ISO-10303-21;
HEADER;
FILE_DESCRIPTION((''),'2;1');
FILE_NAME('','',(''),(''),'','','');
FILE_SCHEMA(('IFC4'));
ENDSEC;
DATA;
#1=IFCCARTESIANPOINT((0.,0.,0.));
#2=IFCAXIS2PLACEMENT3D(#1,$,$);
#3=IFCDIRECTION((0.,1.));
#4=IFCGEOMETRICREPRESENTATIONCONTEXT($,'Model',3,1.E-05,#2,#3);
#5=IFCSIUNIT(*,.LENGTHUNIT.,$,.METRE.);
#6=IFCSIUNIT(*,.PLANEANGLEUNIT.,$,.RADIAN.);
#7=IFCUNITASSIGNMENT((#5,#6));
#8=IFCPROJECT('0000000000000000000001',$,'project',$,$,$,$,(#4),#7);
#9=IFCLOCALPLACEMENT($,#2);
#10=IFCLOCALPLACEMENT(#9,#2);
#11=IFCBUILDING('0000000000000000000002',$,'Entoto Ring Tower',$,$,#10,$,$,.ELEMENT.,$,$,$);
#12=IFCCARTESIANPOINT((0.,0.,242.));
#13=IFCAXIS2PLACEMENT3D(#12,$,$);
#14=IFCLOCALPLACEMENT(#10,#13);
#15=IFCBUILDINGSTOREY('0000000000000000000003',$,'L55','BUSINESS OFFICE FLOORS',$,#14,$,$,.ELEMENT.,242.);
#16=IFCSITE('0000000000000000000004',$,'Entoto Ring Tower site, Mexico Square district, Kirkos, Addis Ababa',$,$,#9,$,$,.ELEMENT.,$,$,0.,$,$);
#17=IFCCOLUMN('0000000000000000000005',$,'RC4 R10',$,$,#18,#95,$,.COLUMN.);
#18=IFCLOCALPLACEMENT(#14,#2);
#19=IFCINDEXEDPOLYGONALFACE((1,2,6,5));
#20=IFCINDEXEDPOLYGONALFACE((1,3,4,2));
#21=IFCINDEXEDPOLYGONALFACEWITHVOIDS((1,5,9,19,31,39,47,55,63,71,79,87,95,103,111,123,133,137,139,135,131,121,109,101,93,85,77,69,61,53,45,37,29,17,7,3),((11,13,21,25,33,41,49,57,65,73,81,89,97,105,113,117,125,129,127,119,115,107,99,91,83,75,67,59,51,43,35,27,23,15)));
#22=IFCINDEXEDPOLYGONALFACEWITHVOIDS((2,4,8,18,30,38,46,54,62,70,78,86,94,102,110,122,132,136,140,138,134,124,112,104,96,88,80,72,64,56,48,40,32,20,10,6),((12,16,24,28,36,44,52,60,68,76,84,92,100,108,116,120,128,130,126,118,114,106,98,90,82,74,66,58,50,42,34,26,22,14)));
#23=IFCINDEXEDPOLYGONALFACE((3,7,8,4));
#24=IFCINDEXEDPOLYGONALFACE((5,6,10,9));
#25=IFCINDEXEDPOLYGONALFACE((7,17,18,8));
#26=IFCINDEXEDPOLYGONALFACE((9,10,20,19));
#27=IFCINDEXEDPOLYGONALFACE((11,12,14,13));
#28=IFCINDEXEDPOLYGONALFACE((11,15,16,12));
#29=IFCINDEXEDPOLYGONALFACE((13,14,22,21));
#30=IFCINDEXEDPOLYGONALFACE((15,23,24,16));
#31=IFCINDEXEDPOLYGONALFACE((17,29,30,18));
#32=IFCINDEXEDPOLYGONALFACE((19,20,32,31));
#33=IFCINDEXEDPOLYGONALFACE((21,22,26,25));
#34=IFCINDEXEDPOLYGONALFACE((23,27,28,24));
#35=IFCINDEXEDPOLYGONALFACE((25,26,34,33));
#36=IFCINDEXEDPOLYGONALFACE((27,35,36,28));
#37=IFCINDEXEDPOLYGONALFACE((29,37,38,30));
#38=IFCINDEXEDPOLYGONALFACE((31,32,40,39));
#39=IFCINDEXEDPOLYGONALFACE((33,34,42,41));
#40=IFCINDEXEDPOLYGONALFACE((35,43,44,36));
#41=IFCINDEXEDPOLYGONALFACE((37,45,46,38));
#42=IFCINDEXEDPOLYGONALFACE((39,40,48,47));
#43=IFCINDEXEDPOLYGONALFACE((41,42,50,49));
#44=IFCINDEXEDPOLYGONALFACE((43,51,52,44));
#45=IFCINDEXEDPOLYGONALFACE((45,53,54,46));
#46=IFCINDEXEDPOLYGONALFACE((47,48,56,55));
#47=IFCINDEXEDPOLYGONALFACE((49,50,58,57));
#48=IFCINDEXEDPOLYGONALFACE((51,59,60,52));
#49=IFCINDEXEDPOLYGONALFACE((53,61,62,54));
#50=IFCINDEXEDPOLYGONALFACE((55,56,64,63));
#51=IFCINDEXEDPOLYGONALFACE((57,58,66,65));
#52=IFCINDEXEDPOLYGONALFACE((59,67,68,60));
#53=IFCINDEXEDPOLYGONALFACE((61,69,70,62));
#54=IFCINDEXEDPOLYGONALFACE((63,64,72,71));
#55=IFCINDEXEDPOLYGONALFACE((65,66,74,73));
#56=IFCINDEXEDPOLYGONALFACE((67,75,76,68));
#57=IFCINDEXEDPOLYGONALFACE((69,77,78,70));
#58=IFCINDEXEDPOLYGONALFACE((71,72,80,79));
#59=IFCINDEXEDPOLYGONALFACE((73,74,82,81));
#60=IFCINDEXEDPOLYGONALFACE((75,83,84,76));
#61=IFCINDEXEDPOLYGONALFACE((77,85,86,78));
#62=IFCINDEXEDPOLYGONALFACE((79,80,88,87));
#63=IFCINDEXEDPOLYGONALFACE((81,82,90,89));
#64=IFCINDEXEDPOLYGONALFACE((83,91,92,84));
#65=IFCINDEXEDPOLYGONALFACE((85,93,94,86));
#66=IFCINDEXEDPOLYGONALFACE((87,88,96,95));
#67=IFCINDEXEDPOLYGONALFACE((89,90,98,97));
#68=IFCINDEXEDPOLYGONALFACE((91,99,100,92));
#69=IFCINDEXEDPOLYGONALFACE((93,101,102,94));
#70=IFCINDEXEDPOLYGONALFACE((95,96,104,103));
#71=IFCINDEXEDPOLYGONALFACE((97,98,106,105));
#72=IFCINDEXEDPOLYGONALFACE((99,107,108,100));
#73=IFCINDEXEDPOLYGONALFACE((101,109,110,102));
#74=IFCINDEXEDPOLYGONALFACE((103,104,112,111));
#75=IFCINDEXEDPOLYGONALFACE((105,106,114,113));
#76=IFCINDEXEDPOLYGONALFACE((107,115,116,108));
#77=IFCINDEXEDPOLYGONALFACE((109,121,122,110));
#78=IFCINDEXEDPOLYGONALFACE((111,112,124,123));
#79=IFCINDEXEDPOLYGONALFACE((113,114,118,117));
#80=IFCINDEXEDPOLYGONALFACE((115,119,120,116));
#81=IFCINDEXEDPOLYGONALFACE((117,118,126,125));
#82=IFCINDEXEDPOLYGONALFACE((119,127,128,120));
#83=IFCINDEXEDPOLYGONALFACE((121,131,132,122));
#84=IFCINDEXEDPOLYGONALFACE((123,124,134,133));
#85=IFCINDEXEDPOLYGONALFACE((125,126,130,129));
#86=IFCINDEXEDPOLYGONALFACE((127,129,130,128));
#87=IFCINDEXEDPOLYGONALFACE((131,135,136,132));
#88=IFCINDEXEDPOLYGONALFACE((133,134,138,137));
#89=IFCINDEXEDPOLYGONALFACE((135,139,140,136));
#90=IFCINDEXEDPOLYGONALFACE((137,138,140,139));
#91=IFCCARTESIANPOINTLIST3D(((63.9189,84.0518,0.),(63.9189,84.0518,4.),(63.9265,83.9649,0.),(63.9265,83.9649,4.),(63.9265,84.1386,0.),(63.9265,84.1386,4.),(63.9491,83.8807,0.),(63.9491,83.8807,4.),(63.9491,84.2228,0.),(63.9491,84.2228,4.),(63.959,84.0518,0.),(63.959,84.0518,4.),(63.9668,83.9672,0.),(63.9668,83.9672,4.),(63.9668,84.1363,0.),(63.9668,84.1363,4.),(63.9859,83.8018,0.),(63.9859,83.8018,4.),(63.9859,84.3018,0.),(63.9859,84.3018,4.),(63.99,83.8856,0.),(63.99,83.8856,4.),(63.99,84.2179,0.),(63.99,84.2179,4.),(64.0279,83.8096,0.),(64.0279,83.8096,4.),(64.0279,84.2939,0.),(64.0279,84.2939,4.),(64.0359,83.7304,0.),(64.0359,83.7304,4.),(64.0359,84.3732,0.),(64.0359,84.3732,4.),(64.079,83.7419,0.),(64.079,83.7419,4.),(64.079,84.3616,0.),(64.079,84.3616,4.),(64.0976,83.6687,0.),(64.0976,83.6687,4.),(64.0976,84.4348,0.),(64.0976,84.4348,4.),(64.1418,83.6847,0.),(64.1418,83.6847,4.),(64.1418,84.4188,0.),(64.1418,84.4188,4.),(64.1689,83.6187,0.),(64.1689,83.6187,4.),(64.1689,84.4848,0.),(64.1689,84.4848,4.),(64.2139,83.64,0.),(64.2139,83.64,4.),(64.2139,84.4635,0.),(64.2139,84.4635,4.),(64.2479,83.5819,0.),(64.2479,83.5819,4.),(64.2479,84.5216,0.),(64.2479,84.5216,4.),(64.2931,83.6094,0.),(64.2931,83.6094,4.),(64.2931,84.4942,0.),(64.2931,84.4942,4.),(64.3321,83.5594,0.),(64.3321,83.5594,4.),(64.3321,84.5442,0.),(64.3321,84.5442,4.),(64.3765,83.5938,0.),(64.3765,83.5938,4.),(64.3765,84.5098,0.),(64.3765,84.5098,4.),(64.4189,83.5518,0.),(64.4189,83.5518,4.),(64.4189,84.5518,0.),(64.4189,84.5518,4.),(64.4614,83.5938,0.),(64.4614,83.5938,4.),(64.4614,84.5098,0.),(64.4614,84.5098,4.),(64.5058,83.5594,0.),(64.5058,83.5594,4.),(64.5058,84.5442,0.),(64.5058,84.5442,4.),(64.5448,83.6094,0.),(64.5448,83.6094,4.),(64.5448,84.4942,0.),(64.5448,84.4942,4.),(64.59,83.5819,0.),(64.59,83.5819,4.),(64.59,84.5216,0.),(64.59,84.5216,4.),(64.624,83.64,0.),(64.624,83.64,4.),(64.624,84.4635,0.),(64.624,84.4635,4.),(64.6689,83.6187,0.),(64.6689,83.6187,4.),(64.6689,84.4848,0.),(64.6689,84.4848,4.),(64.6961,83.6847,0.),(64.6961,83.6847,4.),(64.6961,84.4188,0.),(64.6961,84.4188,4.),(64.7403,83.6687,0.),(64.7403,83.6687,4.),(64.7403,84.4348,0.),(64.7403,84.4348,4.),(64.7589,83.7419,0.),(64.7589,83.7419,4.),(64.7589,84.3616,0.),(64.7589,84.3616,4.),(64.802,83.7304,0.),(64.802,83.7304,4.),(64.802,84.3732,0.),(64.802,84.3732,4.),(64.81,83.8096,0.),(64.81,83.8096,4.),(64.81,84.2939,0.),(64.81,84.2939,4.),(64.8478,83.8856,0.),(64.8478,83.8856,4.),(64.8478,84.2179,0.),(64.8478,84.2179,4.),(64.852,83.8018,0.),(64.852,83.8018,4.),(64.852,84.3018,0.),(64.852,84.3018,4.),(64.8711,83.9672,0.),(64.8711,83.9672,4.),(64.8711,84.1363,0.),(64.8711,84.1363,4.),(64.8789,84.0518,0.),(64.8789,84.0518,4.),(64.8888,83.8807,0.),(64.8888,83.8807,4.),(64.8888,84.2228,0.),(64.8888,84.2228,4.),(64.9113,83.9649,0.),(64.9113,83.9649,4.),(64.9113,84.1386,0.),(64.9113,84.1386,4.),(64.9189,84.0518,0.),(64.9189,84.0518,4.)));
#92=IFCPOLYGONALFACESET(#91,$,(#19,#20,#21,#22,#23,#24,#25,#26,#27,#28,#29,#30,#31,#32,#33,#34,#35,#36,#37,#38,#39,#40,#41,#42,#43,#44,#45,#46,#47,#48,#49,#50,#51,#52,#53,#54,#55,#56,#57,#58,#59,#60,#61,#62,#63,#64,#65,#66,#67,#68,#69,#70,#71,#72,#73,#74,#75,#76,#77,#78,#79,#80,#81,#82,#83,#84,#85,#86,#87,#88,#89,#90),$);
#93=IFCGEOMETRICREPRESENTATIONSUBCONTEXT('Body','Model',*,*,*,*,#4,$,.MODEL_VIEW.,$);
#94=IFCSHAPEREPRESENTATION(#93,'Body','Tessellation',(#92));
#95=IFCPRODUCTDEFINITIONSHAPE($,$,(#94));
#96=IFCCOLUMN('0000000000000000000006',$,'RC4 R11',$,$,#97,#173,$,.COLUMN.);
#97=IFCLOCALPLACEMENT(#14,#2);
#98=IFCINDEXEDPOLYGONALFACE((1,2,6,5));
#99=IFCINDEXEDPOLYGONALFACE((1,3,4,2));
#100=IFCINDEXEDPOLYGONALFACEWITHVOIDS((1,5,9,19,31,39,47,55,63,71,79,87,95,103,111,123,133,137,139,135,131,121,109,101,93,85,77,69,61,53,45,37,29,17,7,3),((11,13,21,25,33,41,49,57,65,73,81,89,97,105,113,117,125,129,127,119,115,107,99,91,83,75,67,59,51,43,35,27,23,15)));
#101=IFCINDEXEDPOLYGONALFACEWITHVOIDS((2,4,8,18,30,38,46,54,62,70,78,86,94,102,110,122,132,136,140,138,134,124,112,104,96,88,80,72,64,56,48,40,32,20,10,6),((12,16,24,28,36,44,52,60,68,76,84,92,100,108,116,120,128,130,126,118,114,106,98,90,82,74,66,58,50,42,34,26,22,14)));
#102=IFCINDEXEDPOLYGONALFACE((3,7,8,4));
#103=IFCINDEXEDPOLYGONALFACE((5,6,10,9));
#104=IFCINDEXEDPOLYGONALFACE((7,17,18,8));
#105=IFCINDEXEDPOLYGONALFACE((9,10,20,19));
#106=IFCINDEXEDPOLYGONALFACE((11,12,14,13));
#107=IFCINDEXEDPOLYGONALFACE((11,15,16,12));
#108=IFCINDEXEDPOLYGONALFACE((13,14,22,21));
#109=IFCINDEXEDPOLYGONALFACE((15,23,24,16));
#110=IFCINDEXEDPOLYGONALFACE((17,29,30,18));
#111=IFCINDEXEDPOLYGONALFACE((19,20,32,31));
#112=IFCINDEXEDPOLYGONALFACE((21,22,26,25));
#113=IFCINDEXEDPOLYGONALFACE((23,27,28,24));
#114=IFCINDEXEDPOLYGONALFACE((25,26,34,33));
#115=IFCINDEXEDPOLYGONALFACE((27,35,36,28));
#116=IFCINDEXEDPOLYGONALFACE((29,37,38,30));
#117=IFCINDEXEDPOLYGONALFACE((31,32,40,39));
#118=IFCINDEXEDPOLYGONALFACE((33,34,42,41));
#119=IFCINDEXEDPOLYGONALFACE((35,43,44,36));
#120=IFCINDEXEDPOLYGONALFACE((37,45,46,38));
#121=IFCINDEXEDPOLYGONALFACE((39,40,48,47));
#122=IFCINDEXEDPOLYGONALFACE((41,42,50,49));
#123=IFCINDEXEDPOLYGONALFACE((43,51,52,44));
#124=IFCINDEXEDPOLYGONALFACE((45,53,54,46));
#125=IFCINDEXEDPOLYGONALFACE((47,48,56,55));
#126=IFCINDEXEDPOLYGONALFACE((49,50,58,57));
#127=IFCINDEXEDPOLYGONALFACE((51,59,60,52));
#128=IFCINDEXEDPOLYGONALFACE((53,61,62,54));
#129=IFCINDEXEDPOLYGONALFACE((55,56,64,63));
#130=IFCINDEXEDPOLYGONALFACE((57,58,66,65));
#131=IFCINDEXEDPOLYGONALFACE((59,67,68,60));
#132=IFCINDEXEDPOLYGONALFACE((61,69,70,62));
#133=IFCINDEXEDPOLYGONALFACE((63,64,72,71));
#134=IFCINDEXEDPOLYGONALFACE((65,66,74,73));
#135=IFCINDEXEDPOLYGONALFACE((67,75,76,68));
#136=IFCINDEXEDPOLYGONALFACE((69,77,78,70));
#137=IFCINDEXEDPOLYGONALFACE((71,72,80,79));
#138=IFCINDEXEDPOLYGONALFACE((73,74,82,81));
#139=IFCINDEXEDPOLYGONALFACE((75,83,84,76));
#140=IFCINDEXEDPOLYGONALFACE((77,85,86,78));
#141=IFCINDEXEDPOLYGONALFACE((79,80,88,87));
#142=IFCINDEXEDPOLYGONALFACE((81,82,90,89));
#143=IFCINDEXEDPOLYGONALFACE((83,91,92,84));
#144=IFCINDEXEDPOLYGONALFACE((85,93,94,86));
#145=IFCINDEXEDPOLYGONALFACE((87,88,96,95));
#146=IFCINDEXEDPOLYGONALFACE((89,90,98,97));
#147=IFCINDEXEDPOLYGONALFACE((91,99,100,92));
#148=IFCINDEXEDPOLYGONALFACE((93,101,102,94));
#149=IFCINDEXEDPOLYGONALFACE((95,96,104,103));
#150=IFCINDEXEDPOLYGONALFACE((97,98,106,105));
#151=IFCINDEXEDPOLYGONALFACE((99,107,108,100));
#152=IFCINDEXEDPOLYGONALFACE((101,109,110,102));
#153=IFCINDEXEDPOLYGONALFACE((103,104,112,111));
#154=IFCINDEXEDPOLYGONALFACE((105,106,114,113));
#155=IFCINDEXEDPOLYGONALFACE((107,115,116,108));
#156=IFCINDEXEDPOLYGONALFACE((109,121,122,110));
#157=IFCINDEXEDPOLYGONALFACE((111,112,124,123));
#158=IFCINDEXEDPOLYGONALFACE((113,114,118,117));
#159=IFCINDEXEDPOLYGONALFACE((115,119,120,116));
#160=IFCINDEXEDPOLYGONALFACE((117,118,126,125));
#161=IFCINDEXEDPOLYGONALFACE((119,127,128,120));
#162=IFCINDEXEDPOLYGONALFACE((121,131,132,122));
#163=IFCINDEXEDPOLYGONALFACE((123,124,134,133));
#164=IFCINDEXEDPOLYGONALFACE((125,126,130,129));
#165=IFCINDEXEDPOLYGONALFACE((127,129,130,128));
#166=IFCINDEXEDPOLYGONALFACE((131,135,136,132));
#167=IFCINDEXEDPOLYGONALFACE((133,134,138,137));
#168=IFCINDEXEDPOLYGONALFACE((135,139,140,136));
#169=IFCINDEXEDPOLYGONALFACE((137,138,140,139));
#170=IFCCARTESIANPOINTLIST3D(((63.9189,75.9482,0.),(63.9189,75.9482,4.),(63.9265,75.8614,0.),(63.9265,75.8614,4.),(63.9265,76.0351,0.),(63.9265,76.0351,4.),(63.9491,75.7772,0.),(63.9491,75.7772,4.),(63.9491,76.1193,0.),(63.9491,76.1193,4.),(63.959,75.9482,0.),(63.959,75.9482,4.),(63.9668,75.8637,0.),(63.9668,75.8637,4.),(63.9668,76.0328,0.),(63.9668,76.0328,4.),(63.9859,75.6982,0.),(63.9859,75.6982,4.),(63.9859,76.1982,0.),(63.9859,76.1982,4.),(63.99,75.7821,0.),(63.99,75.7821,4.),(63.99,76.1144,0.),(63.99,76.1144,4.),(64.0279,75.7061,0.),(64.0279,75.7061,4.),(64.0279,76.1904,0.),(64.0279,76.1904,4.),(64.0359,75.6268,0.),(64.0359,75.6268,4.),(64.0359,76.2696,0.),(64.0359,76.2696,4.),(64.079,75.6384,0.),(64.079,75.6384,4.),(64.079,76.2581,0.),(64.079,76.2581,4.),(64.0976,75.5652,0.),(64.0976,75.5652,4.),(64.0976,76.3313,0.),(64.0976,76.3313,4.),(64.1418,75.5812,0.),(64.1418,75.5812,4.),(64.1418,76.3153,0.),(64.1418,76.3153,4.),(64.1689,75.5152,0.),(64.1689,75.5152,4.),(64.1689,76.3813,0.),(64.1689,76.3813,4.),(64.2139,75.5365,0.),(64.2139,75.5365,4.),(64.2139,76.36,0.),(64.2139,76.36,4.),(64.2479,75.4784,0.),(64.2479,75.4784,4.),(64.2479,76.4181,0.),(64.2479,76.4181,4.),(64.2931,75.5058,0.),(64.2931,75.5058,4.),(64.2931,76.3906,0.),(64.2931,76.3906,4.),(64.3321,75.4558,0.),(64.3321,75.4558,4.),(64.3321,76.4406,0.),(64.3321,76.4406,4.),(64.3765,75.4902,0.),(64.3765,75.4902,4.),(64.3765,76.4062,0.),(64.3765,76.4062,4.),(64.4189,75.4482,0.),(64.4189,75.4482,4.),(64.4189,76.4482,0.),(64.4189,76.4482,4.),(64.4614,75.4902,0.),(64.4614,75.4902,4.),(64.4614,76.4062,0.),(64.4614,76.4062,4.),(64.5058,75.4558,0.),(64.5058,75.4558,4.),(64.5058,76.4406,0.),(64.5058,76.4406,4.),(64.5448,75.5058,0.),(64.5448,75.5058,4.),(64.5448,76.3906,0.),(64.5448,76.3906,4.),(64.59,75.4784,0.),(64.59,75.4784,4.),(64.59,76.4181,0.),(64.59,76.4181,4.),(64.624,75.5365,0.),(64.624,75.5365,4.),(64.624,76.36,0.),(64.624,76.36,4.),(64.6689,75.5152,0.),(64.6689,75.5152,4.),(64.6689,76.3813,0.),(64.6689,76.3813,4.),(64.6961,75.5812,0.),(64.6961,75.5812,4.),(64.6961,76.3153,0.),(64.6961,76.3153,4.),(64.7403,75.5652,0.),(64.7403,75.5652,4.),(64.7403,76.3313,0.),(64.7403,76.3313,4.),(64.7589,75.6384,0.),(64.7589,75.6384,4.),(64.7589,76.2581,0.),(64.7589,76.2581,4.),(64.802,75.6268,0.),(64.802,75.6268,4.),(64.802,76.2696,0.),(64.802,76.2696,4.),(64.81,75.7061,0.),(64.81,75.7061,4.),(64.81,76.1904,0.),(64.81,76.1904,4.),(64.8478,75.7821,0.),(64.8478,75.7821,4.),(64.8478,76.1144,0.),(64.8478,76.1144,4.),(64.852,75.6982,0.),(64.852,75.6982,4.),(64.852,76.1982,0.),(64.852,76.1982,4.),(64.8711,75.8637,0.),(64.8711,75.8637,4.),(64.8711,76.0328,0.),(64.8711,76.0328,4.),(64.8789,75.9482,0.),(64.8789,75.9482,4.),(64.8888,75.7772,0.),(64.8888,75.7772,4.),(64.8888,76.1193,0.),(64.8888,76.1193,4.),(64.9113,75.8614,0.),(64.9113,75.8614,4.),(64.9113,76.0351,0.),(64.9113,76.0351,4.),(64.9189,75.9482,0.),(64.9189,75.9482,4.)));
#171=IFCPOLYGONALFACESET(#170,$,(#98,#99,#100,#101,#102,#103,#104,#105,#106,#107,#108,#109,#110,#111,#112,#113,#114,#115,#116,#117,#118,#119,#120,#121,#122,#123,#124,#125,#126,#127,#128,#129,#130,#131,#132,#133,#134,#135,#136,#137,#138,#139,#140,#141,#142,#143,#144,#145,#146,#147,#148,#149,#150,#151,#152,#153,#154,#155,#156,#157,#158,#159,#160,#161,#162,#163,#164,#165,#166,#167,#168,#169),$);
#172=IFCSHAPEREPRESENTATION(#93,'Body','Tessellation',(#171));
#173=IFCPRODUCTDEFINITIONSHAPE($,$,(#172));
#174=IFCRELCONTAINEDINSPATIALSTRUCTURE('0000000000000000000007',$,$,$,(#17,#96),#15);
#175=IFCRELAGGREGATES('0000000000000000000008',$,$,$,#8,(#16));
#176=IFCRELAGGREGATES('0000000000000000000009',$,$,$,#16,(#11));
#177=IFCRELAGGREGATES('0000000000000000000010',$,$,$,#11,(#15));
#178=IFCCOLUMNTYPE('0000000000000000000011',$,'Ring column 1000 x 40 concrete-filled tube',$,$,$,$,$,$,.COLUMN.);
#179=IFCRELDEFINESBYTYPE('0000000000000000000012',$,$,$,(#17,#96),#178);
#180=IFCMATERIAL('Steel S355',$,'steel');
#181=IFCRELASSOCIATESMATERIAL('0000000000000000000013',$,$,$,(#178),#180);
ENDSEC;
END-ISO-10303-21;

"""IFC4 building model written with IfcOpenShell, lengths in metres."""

from ifc_helpers import new_model, si_unit, direction, frame, origin, origin_2d, place, context, subcontext, project, spatial, circle, hollow_circle, extrude, material, material_profile, profile_set, type_object, element, save


model = new_model("IFC4")

# Units and contexts
model_context = context("Model", 3, precision=1e-05, world=origin(), true_north=direction((0.0, 1.0)))
body_context = subcontext(model_context, "Body", "Model", "MODEL_VIEW")
ifc_project = project(units=[si_unit("LENGTHUNIT", "METRE"), si_unit("PLANEANGLEUNIT", "RADIAN")], contexts=[model_context])

# Site, building, storey
site_placement = place(None, origin())
site = spatial("IfcSite", under=ifc_project, at=site_placement, Name="Entoto Ring Tower site, Mexico Square district, Kirkos, Addis Ababa", CompositionType="ELEMENT", RefElevation=0.0)
building_placement = place(site_placement, origin())
building = spatial("IfcBuilding", under=site, at=building_placement, Name="Entoto Ring Tower", CompositionType="ELEMENT")
storey_placement = place(building_placement, frame((0.0, 0.0, 242.0)))
storey = spatial("IfcBuildingStorey", under=building, at=storey_placement, Name="L55", Description="BUSINESS OFFICE FLOORS", CompositionType="ELEMENT", Elevation=242.0)

# Columns
ifc_material_1 = material(Name="Steel S355", Category="steel")
ifc_material_profile_1 = material_profile(ifc_material_1, hollow_circle(Radius=0.5, WallThickness=0.04, at=origin_2d()), Name="CHS 1000 x 40")
ifc_material_2 = material(Name="Concrete C60/75", Category="concrete")
ifc_material_profile_2 = material_profile(ifc_material_2, circle(Radius=0.46, at=origin_2d()), Name="Concrete C60/75 infill")
ifc_profile_set_1 = profile_set([ifc_material_profile_1, ifc_material_profile_2], Name="Steel S355")
column_type = type_object("IfcColumnType", Name="Ring column 1000 x 40 concrete-filled tube", PredefinedType="COLUMN", material=ifc_profile_set_1)
for number, where, z_axis, x_axis, name in (
    (1, (64.4189, 84.0518, 0.0), (0.0, 0.0, 1.0), (1.0, 0.0, 0.0), "RC4 R10"),
    (2, (64.4189, 75.9482, 0.0), (0.0, 0.0, 1.0), (1.0, 0.0, 0.0), "RC4 R11"),
):
    element("IfcColumn", number, at=place(storey_placement, frame(where, z_axis=z_axis, x_axis=x_axis)), inside=storey, type_object=column_type, Name=name, PredefinedType="COLUMN", context=body_context, shape_type="SweptSolid", body=[
        extrude(hollow_circle(Radius=0.5, WallThickness=0.04, at=origin_2d()), origin(), (0.0, 0.0, 1.0), 4.0),
    ])

save(model, "model.ifc")
